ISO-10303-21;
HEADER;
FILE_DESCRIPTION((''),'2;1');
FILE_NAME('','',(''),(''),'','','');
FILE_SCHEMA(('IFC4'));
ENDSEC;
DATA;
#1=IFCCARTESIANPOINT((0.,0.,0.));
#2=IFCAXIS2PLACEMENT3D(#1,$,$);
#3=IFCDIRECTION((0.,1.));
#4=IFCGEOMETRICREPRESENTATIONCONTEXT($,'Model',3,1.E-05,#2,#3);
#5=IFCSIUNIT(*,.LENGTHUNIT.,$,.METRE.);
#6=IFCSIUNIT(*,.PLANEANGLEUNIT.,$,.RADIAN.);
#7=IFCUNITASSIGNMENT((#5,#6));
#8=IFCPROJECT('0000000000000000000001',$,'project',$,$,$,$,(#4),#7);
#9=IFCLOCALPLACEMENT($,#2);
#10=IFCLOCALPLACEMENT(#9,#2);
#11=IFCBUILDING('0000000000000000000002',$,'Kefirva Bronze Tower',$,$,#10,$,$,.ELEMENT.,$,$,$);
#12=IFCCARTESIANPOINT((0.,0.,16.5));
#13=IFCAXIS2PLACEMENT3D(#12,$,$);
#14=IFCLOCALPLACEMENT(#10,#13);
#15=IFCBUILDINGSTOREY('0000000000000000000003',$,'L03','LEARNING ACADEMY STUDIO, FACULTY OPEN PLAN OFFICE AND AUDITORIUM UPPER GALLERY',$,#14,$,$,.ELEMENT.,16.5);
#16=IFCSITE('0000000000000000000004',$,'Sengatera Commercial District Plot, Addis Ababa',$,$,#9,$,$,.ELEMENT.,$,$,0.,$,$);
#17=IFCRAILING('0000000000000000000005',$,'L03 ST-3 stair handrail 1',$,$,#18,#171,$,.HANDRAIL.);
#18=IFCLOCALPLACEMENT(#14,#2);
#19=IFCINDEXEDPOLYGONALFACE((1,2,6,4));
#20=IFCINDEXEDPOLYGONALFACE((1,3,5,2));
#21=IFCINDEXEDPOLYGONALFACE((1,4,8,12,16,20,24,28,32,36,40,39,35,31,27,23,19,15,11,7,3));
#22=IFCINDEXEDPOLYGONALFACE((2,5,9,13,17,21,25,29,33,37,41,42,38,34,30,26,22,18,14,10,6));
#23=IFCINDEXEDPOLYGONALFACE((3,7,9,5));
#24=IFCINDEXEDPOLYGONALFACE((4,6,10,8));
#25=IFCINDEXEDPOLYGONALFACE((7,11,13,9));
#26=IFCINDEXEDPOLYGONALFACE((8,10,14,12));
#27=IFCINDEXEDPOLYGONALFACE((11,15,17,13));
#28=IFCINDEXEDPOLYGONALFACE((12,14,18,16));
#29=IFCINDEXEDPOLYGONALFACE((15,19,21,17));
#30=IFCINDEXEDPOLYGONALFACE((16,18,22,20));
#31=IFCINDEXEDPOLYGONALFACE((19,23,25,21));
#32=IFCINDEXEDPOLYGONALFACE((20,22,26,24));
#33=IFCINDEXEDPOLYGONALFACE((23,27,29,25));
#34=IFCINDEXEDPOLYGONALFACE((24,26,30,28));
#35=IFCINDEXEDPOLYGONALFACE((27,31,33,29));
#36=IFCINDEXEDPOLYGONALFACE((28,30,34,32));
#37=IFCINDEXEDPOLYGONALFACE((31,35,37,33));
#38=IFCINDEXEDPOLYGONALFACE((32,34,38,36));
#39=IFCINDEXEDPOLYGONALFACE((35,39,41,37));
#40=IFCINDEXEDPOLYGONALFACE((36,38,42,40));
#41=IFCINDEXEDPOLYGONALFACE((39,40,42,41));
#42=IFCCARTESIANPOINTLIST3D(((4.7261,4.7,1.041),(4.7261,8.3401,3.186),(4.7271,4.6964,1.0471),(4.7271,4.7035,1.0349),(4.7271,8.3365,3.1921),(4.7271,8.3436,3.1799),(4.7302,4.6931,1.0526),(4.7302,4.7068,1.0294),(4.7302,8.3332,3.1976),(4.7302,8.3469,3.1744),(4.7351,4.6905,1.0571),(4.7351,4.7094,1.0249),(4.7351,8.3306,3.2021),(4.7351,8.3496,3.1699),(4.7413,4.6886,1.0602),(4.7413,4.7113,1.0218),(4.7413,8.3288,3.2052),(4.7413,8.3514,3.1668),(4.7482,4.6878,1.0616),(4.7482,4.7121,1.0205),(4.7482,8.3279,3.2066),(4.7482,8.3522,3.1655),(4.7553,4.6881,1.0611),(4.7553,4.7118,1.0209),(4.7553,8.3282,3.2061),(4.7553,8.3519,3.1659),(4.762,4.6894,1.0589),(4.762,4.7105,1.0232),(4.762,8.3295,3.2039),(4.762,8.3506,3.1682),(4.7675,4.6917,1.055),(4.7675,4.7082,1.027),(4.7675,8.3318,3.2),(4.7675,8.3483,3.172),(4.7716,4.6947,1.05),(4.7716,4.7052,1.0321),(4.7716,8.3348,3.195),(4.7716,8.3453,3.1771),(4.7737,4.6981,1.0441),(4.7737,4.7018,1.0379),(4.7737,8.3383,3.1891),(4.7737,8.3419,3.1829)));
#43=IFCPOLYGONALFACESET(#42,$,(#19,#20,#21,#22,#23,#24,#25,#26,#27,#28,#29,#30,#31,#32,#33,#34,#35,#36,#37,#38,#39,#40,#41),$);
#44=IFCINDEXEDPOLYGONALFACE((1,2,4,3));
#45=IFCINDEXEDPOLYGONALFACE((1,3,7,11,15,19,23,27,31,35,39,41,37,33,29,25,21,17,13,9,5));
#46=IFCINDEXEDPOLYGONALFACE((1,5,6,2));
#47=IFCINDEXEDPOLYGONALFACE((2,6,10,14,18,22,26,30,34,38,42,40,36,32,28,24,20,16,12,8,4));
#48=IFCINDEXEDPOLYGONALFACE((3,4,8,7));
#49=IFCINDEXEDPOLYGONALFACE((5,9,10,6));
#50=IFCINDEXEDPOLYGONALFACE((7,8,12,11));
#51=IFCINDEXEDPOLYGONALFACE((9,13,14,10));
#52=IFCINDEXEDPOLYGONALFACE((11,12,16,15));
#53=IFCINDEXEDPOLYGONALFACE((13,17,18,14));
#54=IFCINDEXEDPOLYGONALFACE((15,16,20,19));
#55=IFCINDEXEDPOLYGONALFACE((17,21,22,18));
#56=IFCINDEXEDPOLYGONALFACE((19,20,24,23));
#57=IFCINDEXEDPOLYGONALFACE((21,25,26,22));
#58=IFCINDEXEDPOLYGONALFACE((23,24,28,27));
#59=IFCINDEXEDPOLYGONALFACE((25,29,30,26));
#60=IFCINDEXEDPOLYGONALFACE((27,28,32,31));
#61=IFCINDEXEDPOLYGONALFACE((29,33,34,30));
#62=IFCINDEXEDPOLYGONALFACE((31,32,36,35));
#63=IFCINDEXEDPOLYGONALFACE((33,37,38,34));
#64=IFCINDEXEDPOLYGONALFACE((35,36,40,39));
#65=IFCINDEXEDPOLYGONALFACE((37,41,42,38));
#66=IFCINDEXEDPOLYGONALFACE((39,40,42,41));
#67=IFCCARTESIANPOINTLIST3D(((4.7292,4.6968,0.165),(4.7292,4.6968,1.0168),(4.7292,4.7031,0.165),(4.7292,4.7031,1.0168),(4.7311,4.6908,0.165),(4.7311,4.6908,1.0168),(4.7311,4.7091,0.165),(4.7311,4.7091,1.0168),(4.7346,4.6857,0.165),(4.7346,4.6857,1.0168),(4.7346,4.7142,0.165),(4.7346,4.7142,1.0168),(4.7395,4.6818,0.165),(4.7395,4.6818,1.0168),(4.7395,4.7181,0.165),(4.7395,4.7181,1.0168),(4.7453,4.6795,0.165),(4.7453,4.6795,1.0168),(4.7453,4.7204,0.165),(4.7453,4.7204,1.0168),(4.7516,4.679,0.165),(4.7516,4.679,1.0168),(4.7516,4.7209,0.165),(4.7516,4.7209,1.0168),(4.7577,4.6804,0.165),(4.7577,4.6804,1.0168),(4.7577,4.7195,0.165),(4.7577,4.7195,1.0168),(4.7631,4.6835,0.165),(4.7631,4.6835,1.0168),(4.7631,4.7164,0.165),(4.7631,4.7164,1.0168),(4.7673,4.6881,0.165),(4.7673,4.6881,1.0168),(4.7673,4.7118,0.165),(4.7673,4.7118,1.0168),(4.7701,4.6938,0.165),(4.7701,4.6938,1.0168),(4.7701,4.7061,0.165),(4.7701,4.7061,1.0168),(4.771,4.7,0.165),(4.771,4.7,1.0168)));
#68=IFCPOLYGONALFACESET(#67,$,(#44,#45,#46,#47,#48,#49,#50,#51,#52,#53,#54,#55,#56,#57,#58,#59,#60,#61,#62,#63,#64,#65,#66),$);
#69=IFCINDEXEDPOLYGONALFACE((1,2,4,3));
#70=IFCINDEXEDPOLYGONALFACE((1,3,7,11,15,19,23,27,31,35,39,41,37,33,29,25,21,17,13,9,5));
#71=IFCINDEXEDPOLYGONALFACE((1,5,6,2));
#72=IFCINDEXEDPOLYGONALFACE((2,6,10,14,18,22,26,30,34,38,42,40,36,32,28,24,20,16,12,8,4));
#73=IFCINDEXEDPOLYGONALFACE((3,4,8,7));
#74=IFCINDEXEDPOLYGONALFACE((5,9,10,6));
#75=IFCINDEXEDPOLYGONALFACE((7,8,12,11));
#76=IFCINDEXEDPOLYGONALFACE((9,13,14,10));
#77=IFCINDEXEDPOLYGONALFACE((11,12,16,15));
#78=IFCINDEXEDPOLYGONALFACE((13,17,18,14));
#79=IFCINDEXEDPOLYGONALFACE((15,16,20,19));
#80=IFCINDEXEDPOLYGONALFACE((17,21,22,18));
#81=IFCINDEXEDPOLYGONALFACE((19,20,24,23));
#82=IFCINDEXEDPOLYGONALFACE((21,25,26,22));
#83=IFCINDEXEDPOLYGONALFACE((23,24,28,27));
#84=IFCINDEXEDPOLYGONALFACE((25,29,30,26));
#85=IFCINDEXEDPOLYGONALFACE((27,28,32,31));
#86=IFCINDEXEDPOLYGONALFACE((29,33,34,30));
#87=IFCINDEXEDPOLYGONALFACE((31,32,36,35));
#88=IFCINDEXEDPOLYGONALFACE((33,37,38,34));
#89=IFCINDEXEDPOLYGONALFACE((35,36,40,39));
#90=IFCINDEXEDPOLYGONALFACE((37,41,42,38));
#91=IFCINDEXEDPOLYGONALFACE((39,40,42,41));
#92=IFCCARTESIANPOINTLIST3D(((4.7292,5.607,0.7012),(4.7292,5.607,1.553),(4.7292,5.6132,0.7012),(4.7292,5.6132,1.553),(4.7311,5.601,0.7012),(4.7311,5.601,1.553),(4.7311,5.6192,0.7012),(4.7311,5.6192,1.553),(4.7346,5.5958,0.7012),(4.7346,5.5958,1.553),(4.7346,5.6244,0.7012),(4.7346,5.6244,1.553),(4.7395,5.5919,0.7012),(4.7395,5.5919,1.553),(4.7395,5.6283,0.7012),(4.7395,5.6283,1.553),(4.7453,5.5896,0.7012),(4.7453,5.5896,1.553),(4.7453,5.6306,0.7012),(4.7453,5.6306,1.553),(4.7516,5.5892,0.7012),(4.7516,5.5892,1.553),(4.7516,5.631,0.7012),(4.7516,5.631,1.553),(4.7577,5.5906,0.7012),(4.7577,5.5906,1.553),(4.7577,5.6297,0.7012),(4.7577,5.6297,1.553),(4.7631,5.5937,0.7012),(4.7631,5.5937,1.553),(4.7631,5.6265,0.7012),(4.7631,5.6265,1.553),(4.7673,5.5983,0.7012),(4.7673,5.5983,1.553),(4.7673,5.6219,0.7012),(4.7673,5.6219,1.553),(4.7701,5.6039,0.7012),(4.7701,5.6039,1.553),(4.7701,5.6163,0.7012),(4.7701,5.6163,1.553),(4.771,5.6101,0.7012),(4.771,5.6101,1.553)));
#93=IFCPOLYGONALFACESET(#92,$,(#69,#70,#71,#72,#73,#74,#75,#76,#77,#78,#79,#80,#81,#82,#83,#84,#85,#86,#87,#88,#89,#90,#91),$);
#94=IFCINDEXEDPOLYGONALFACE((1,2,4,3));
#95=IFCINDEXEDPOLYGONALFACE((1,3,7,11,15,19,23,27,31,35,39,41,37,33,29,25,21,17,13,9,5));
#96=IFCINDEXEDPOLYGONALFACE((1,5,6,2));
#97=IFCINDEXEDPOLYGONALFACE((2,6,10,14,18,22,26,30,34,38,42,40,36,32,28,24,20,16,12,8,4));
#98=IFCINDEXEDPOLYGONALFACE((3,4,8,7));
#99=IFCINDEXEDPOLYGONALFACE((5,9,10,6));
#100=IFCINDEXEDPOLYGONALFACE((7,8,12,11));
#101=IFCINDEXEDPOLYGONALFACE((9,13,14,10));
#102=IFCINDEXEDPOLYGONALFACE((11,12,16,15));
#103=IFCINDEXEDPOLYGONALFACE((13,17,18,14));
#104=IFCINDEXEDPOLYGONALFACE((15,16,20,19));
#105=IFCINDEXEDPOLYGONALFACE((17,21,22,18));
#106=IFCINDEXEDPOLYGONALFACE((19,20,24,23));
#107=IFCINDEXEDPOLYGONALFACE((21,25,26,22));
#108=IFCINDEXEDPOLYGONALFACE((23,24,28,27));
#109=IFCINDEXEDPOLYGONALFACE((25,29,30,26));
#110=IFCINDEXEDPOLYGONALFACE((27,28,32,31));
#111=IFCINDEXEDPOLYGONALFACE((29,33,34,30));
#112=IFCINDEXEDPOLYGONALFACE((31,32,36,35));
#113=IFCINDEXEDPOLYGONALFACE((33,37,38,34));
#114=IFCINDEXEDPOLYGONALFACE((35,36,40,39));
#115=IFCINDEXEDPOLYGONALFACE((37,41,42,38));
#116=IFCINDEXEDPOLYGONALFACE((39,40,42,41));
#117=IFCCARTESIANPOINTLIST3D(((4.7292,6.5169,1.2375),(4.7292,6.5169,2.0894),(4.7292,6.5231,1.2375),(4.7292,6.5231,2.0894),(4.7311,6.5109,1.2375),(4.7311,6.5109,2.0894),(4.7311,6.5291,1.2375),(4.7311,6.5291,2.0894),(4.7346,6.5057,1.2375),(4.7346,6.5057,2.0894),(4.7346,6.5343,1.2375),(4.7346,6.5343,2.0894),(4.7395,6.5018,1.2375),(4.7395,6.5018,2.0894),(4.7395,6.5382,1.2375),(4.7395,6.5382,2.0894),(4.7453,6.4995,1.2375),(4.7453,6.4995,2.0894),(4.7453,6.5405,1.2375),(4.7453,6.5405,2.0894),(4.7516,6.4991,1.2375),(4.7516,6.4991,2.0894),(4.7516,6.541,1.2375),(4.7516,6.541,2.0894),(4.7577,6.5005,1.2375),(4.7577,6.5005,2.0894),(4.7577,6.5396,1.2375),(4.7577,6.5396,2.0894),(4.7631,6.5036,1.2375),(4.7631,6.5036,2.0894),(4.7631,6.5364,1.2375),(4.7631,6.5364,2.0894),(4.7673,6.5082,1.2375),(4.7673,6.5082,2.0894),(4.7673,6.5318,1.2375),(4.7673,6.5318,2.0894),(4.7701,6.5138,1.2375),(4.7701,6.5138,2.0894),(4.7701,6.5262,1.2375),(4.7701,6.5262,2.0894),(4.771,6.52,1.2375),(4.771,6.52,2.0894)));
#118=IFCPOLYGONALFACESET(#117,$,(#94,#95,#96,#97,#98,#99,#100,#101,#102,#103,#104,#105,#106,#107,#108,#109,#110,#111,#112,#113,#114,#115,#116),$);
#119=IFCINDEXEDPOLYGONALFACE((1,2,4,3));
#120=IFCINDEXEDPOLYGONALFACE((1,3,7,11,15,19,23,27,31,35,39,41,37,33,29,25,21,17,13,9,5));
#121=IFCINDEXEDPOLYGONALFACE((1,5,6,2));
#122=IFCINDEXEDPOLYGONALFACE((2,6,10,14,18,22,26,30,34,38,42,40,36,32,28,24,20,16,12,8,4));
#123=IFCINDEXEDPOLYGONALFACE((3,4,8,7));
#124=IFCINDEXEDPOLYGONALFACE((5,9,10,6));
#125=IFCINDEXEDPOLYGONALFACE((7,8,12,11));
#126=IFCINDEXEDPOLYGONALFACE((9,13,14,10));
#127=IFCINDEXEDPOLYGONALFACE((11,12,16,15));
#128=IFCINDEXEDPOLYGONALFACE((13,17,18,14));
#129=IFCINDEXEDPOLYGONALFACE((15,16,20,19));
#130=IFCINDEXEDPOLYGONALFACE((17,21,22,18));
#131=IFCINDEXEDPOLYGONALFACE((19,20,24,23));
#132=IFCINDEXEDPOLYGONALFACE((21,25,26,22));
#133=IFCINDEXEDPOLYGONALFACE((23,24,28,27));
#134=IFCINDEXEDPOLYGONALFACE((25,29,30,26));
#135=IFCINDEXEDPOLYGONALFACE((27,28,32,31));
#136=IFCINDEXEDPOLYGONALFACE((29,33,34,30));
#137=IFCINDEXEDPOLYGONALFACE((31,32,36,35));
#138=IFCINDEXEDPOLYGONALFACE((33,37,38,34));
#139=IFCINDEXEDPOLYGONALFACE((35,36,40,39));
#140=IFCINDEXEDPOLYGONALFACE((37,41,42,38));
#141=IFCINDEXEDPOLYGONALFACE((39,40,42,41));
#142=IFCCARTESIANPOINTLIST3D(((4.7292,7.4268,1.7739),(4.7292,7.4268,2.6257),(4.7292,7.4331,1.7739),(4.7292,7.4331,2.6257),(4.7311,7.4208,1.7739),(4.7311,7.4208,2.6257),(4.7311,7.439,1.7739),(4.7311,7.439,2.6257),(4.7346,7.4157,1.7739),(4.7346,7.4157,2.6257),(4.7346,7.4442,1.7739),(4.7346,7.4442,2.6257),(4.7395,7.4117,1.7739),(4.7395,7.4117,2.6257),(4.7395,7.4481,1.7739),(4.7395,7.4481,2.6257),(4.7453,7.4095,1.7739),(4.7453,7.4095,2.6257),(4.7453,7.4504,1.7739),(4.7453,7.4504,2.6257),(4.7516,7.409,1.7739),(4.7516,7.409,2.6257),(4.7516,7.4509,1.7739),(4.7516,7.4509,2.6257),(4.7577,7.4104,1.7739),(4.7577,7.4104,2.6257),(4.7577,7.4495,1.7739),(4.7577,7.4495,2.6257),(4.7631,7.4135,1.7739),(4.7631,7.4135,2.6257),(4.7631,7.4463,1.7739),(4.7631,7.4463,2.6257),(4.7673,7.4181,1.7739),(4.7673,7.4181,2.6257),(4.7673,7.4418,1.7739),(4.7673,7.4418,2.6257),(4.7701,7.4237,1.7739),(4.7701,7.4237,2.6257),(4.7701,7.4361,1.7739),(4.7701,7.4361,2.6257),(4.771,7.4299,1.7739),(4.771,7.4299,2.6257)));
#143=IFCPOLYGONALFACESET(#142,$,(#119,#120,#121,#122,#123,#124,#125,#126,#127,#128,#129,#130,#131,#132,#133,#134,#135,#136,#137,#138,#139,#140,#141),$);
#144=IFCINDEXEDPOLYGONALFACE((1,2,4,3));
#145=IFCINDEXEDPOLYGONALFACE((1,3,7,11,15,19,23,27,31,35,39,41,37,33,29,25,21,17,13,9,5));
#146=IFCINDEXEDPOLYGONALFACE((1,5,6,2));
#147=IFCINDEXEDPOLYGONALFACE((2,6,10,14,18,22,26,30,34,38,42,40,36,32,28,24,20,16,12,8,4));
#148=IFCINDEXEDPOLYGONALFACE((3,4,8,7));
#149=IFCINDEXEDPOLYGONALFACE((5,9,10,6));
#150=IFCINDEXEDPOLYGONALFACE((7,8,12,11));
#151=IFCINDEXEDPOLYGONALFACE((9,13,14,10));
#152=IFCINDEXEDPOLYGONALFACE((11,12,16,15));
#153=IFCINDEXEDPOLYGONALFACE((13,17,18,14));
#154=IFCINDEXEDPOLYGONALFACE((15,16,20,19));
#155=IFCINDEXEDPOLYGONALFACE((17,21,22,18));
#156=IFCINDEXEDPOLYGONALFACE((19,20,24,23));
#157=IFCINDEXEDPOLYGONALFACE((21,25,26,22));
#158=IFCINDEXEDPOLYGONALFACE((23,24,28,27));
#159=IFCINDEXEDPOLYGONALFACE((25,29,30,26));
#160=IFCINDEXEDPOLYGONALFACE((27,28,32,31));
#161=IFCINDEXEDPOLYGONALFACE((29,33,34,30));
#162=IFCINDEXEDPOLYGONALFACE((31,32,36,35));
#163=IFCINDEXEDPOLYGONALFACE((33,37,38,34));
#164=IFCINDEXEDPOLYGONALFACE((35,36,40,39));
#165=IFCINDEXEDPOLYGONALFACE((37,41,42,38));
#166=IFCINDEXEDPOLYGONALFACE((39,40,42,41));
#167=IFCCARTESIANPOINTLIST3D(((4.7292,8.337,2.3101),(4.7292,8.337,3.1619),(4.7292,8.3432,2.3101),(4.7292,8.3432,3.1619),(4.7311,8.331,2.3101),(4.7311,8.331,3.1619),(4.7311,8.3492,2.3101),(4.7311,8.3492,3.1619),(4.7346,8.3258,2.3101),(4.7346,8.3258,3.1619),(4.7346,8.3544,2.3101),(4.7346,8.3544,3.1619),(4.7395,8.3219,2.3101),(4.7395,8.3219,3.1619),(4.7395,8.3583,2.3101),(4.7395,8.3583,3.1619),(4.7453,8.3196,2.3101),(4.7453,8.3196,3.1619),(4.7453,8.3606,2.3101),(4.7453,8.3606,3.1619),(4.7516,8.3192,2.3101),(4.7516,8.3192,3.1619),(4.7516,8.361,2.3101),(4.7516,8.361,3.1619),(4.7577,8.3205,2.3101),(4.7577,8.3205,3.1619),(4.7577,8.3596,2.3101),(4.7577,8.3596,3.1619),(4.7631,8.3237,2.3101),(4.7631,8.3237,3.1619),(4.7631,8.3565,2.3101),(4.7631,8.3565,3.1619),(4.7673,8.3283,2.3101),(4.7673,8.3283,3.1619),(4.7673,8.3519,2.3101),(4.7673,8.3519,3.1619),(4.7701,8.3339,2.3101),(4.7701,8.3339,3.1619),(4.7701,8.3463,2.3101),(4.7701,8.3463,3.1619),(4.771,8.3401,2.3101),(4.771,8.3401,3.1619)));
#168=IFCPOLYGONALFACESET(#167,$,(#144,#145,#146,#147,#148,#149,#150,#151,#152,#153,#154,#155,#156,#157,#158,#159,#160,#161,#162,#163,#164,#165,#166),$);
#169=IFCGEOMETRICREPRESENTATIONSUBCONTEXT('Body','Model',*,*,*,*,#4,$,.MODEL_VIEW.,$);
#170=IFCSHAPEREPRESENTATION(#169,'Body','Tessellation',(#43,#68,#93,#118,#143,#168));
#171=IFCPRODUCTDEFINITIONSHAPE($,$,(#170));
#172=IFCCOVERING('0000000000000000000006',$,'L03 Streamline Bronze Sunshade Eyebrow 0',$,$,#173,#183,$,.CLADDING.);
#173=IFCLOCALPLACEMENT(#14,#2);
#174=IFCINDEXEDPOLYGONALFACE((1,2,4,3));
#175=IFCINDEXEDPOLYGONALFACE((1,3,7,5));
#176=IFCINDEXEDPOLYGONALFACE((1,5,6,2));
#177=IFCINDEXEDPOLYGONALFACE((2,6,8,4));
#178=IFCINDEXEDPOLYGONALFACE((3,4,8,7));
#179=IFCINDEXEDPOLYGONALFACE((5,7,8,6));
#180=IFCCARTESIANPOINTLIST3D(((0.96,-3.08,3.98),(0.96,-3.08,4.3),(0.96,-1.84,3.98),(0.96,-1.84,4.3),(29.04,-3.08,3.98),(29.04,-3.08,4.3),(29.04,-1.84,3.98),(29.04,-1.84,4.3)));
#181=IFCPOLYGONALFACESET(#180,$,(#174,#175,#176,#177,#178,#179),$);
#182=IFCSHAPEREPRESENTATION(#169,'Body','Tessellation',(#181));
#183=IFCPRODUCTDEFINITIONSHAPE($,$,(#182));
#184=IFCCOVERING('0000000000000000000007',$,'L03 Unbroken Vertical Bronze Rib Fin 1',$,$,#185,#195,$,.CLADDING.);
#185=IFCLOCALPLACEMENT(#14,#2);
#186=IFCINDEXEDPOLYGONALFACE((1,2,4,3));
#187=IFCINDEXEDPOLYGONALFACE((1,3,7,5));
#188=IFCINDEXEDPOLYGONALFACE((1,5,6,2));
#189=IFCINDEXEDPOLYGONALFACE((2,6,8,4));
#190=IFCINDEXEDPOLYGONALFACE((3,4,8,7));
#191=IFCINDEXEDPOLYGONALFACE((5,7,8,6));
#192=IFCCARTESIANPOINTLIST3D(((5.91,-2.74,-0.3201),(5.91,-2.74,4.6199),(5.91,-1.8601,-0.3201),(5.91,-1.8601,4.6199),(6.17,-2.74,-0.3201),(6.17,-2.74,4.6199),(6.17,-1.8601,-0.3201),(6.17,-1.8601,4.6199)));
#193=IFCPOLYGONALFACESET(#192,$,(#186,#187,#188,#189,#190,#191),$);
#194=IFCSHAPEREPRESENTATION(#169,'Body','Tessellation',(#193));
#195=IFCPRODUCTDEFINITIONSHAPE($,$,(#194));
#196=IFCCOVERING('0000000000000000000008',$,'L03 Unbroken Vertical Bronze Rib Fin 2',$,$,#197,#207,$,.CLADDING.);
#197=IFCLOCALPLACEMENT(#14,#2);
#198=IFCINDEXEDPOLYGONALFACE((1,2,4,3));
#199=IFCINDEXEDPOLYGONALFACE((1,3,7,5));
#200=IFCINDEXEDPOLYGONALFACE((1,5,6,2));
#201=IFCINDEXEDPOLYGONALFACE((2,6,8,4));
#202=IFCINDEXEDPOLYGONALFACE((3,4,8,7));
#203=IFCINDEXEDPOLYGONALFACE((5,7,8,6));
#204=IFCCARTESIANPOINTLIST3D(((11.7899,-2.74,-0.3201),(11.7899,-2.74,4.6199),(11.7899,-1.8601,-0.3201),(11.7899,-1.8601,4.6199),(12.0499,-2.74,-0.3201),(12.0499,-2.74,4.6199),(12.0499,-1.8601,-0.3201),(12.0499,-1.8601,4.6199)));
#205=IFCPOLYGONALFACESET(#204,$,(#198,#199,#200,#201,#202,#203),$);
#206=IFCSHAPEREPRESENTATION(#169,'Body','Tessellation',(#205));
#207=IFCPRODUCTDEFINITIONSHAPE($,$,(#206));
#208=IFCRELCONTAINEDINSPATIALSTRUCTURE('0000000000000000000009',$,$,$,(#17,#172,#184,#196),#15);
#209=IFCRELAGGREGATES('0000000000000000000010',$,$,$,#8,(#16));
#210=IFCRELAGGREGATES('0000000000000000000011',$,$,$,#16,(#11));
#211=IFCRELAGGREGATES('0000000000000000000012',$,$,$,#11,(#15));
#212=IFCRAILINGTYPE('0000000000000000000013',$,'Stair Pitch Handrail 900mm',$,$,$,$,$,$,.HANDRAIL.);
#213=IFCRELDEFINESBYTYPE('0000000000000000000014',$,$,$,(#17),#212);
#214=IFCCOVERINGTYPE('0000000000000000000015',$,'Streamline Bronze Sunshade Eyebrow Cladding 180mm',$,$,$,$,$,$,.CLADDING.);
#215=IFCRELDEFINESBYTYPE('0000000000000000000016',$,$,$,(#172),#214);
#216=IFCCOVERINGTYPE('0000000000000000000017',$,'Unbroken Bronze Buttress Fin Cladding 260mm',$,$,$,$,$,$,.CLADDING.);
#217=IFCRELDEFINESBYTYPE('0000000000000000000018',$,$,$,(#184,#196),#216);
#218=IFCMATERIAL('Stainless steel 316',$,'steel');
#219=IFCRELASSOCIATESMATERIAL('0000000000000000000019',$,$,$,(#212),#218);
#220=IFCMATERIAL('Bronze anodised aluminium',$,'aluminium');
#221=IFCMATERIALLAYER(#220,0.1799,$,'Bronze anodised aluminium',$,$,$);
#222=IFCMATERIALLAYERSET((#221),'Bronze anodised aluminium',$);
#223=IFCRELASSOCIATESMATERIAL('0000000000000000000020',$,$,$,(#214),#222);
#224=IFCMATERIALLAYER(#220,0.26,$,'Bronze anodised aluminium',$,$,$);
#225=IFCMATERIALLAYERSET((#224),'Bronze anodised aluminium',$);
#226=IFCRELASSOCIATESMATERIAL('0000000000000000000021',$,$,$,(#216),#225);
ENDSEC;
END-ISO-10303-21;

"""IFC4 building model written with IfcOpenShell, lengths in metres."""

from ifc_helpers import new_model, si_unit, direction, frame, origin, origin_2d, place, context, subcontext, project, spatial, rectangle, circle, extrude, material, layer, layer_set, type_object, element, save


model = new_model("IFC4")

# Units and contexts
model_context = context("Model", 3, precision=1e-05, world=origin(), true_north=direction((0.0, 1.0)))
body_context = subcontext(model_context, "Body", "Model", "MODEL_VIEW")
ifc_project = project(units=[si_unit("LENGTHUNIT", "METRE"), si_unit("PLANEANGLEUNIT", "RADIAN")], contexts=[model_context])

# Site, building, storey
site_placement = place(None, origin())
site = spatial("IfcSite", under=ifc_project, at=site_placement, Name="Sengatera Commercial District Plot, Addis Ababa", CompositionType="ELEMENT", RefElevation=0.0)
building_placement = place(site_placement, origin())
building = spatial("IfcBuilding", under=site, at=building_placement, Name="Kefirva Bronze Tower", CompositionType="ELEMENT")
storey_placement = place(building_placement, frame((0.0, 0.0, 16.5)))
storey = spatial("IfcBuildingStorey", under=building, at=storey_placement, Name="L03", Description="LEARNING ACADEMY STUDIO, FACULTY OPEN PLAN OFFICE AND AUDITORIUM UPPER GALLERY", CompositionType="ELEMENT", Elevation=16.5)

# Shared definitions
ifc_material_1 = material(Name="Bronze anodised aluminium", Category="aluminium")

# Shared definitions
ifc_material_2 = material(Name="Stainless steel 316", Category="steel")

# Railing
railing_type_1 = type_object("IfcRailingType", Name="Stair Pitch Handrail 900mm", PredefinedType="HANDRAIL", material=ifc_material_2)
railing_1_placement = place(storey_placement, frame((4.75, 4.7, 0.165)))
element("IfcRailing", 1, at=railing_1_placement, inside=storey, type_object=railing_type_1, Name="L03 ST-3 stair handrail 1", PredefinedType="HANDRAIL", context=body_context, shape_type="SweptSolid", body=[
    extrude(circle(Radius=0.0239, at=origin_2d()), frame((0.0, 0.0, 0.876), z_axis=(0.0, 0.861545, 0.507682), x_axis=(-1.0, 0.0, 0.0)), (0.0, 0.0, 1.0), 4.2251),
    extrude(circle(Radius=0.021, at=origin_2d()), origin(), (0.0, 0.0, 1.0), 0.8518),
    extrude(circle(Radius=0.021, at=origin_2d()), frame((0.0, 0.9102, 0.5361)), (0.0, 0.0, 1.0), 0.8518),
    extrude(circle(Radius=0.021, at=origin_2d()), frame((0.0, 1.8201, 1.0725)), (0.0, 0.0, 1.0), 0.8518),
    extrude(circle(Radius=0.021, at=origin_2d()), frame((0.0, 2.73, 1.6089)), (0.0, 0.0, 1.0), 0.8518),
    extrude(circle(Radius=0.021, at=origin_2d()), frame((0.0, 3.6401, 2.145)), (0.0, 0.0, 1.0), 0.8518),
])

# Coverings
ifc_layer_1 = layer(ifc_material_1, 0.1799, Name="Bronze anodised aluminium")
ifc_layer_set_1 = layer_set([ifc_layer_1], Name="Bronze anodised aluminium")
covering_type_1 = type_object("IfcCoveringType", Name="Streamline Bronze Sunshade Eyebrow Cladding 180mm", PredefinedType="CLADDING", material=ifc_layer_set_1)
covering_1_placement = place(storey_placement, frame((15.0, -2.46, 3.98), z_axis=(0.0, 0.0, 1.0), x_axis=(1.0, 0.0, 0.0)))
element("IfcCovering", 2, at=covering_1_placement, inside=storey, type_object=covering_type_1, Name="L03 Streamline Bronze Sunshade Eyebrow 0", PredefinedType="CLADDING", context=body_context, shape_type="SweptSolid", body=[
    extrude(rectangle(XDim=28.0801, YDim=1.24, at=origin_2d()), origin(), (0.0, 0.0, 1.0), 0.3201),
])
ifc_layer_2 = layer(ifc_material_1, 0.26, Name="Bronze anodised aluminium")
ifc_layer_set_2 = layer_set([ifc_layer_2], Name="Bronze anodised aluminium")
covering_type_2 = type_object("IfcCoveringType", Name="Unbroken Bronze Buttress Fin Cladding 260mm", PredefinedType="CLADDING", material=ifc_layer_set_2)
for number, where, z_axis, x_axis, name in (
    (3, (6.04, -2.3, -0.3201), (0.0, 0.0, 1.0), (1.0, 0.0, 0.0), "L03 Unbroken Vertical Bronze Rib Fin 1"),
    (4, (11.9199, -2.3, -0.3201), (0.0, 0.0, 1.0), (1.0, 0.0, 0.0), "L03 Unbroken Vertical Bronze Rib Fin 2"),
):
    element("IfcCovering", number, at=place(storey_placement, frame(where, z_axis=z_axis, x_axis=x_axis)), inside=storey, type_object=covering_type_2, Name=name, PredefinedType="CLADDING", context=body_context, shape_type="SweptSolid", body=[
        extrude(rectangle(XDim=0.26, YDim=0.8799, at=origin_2d()), origin(), (0.0, 0.0, 1.0), 4.9399),
    ])

save(model, "model.ifc")
